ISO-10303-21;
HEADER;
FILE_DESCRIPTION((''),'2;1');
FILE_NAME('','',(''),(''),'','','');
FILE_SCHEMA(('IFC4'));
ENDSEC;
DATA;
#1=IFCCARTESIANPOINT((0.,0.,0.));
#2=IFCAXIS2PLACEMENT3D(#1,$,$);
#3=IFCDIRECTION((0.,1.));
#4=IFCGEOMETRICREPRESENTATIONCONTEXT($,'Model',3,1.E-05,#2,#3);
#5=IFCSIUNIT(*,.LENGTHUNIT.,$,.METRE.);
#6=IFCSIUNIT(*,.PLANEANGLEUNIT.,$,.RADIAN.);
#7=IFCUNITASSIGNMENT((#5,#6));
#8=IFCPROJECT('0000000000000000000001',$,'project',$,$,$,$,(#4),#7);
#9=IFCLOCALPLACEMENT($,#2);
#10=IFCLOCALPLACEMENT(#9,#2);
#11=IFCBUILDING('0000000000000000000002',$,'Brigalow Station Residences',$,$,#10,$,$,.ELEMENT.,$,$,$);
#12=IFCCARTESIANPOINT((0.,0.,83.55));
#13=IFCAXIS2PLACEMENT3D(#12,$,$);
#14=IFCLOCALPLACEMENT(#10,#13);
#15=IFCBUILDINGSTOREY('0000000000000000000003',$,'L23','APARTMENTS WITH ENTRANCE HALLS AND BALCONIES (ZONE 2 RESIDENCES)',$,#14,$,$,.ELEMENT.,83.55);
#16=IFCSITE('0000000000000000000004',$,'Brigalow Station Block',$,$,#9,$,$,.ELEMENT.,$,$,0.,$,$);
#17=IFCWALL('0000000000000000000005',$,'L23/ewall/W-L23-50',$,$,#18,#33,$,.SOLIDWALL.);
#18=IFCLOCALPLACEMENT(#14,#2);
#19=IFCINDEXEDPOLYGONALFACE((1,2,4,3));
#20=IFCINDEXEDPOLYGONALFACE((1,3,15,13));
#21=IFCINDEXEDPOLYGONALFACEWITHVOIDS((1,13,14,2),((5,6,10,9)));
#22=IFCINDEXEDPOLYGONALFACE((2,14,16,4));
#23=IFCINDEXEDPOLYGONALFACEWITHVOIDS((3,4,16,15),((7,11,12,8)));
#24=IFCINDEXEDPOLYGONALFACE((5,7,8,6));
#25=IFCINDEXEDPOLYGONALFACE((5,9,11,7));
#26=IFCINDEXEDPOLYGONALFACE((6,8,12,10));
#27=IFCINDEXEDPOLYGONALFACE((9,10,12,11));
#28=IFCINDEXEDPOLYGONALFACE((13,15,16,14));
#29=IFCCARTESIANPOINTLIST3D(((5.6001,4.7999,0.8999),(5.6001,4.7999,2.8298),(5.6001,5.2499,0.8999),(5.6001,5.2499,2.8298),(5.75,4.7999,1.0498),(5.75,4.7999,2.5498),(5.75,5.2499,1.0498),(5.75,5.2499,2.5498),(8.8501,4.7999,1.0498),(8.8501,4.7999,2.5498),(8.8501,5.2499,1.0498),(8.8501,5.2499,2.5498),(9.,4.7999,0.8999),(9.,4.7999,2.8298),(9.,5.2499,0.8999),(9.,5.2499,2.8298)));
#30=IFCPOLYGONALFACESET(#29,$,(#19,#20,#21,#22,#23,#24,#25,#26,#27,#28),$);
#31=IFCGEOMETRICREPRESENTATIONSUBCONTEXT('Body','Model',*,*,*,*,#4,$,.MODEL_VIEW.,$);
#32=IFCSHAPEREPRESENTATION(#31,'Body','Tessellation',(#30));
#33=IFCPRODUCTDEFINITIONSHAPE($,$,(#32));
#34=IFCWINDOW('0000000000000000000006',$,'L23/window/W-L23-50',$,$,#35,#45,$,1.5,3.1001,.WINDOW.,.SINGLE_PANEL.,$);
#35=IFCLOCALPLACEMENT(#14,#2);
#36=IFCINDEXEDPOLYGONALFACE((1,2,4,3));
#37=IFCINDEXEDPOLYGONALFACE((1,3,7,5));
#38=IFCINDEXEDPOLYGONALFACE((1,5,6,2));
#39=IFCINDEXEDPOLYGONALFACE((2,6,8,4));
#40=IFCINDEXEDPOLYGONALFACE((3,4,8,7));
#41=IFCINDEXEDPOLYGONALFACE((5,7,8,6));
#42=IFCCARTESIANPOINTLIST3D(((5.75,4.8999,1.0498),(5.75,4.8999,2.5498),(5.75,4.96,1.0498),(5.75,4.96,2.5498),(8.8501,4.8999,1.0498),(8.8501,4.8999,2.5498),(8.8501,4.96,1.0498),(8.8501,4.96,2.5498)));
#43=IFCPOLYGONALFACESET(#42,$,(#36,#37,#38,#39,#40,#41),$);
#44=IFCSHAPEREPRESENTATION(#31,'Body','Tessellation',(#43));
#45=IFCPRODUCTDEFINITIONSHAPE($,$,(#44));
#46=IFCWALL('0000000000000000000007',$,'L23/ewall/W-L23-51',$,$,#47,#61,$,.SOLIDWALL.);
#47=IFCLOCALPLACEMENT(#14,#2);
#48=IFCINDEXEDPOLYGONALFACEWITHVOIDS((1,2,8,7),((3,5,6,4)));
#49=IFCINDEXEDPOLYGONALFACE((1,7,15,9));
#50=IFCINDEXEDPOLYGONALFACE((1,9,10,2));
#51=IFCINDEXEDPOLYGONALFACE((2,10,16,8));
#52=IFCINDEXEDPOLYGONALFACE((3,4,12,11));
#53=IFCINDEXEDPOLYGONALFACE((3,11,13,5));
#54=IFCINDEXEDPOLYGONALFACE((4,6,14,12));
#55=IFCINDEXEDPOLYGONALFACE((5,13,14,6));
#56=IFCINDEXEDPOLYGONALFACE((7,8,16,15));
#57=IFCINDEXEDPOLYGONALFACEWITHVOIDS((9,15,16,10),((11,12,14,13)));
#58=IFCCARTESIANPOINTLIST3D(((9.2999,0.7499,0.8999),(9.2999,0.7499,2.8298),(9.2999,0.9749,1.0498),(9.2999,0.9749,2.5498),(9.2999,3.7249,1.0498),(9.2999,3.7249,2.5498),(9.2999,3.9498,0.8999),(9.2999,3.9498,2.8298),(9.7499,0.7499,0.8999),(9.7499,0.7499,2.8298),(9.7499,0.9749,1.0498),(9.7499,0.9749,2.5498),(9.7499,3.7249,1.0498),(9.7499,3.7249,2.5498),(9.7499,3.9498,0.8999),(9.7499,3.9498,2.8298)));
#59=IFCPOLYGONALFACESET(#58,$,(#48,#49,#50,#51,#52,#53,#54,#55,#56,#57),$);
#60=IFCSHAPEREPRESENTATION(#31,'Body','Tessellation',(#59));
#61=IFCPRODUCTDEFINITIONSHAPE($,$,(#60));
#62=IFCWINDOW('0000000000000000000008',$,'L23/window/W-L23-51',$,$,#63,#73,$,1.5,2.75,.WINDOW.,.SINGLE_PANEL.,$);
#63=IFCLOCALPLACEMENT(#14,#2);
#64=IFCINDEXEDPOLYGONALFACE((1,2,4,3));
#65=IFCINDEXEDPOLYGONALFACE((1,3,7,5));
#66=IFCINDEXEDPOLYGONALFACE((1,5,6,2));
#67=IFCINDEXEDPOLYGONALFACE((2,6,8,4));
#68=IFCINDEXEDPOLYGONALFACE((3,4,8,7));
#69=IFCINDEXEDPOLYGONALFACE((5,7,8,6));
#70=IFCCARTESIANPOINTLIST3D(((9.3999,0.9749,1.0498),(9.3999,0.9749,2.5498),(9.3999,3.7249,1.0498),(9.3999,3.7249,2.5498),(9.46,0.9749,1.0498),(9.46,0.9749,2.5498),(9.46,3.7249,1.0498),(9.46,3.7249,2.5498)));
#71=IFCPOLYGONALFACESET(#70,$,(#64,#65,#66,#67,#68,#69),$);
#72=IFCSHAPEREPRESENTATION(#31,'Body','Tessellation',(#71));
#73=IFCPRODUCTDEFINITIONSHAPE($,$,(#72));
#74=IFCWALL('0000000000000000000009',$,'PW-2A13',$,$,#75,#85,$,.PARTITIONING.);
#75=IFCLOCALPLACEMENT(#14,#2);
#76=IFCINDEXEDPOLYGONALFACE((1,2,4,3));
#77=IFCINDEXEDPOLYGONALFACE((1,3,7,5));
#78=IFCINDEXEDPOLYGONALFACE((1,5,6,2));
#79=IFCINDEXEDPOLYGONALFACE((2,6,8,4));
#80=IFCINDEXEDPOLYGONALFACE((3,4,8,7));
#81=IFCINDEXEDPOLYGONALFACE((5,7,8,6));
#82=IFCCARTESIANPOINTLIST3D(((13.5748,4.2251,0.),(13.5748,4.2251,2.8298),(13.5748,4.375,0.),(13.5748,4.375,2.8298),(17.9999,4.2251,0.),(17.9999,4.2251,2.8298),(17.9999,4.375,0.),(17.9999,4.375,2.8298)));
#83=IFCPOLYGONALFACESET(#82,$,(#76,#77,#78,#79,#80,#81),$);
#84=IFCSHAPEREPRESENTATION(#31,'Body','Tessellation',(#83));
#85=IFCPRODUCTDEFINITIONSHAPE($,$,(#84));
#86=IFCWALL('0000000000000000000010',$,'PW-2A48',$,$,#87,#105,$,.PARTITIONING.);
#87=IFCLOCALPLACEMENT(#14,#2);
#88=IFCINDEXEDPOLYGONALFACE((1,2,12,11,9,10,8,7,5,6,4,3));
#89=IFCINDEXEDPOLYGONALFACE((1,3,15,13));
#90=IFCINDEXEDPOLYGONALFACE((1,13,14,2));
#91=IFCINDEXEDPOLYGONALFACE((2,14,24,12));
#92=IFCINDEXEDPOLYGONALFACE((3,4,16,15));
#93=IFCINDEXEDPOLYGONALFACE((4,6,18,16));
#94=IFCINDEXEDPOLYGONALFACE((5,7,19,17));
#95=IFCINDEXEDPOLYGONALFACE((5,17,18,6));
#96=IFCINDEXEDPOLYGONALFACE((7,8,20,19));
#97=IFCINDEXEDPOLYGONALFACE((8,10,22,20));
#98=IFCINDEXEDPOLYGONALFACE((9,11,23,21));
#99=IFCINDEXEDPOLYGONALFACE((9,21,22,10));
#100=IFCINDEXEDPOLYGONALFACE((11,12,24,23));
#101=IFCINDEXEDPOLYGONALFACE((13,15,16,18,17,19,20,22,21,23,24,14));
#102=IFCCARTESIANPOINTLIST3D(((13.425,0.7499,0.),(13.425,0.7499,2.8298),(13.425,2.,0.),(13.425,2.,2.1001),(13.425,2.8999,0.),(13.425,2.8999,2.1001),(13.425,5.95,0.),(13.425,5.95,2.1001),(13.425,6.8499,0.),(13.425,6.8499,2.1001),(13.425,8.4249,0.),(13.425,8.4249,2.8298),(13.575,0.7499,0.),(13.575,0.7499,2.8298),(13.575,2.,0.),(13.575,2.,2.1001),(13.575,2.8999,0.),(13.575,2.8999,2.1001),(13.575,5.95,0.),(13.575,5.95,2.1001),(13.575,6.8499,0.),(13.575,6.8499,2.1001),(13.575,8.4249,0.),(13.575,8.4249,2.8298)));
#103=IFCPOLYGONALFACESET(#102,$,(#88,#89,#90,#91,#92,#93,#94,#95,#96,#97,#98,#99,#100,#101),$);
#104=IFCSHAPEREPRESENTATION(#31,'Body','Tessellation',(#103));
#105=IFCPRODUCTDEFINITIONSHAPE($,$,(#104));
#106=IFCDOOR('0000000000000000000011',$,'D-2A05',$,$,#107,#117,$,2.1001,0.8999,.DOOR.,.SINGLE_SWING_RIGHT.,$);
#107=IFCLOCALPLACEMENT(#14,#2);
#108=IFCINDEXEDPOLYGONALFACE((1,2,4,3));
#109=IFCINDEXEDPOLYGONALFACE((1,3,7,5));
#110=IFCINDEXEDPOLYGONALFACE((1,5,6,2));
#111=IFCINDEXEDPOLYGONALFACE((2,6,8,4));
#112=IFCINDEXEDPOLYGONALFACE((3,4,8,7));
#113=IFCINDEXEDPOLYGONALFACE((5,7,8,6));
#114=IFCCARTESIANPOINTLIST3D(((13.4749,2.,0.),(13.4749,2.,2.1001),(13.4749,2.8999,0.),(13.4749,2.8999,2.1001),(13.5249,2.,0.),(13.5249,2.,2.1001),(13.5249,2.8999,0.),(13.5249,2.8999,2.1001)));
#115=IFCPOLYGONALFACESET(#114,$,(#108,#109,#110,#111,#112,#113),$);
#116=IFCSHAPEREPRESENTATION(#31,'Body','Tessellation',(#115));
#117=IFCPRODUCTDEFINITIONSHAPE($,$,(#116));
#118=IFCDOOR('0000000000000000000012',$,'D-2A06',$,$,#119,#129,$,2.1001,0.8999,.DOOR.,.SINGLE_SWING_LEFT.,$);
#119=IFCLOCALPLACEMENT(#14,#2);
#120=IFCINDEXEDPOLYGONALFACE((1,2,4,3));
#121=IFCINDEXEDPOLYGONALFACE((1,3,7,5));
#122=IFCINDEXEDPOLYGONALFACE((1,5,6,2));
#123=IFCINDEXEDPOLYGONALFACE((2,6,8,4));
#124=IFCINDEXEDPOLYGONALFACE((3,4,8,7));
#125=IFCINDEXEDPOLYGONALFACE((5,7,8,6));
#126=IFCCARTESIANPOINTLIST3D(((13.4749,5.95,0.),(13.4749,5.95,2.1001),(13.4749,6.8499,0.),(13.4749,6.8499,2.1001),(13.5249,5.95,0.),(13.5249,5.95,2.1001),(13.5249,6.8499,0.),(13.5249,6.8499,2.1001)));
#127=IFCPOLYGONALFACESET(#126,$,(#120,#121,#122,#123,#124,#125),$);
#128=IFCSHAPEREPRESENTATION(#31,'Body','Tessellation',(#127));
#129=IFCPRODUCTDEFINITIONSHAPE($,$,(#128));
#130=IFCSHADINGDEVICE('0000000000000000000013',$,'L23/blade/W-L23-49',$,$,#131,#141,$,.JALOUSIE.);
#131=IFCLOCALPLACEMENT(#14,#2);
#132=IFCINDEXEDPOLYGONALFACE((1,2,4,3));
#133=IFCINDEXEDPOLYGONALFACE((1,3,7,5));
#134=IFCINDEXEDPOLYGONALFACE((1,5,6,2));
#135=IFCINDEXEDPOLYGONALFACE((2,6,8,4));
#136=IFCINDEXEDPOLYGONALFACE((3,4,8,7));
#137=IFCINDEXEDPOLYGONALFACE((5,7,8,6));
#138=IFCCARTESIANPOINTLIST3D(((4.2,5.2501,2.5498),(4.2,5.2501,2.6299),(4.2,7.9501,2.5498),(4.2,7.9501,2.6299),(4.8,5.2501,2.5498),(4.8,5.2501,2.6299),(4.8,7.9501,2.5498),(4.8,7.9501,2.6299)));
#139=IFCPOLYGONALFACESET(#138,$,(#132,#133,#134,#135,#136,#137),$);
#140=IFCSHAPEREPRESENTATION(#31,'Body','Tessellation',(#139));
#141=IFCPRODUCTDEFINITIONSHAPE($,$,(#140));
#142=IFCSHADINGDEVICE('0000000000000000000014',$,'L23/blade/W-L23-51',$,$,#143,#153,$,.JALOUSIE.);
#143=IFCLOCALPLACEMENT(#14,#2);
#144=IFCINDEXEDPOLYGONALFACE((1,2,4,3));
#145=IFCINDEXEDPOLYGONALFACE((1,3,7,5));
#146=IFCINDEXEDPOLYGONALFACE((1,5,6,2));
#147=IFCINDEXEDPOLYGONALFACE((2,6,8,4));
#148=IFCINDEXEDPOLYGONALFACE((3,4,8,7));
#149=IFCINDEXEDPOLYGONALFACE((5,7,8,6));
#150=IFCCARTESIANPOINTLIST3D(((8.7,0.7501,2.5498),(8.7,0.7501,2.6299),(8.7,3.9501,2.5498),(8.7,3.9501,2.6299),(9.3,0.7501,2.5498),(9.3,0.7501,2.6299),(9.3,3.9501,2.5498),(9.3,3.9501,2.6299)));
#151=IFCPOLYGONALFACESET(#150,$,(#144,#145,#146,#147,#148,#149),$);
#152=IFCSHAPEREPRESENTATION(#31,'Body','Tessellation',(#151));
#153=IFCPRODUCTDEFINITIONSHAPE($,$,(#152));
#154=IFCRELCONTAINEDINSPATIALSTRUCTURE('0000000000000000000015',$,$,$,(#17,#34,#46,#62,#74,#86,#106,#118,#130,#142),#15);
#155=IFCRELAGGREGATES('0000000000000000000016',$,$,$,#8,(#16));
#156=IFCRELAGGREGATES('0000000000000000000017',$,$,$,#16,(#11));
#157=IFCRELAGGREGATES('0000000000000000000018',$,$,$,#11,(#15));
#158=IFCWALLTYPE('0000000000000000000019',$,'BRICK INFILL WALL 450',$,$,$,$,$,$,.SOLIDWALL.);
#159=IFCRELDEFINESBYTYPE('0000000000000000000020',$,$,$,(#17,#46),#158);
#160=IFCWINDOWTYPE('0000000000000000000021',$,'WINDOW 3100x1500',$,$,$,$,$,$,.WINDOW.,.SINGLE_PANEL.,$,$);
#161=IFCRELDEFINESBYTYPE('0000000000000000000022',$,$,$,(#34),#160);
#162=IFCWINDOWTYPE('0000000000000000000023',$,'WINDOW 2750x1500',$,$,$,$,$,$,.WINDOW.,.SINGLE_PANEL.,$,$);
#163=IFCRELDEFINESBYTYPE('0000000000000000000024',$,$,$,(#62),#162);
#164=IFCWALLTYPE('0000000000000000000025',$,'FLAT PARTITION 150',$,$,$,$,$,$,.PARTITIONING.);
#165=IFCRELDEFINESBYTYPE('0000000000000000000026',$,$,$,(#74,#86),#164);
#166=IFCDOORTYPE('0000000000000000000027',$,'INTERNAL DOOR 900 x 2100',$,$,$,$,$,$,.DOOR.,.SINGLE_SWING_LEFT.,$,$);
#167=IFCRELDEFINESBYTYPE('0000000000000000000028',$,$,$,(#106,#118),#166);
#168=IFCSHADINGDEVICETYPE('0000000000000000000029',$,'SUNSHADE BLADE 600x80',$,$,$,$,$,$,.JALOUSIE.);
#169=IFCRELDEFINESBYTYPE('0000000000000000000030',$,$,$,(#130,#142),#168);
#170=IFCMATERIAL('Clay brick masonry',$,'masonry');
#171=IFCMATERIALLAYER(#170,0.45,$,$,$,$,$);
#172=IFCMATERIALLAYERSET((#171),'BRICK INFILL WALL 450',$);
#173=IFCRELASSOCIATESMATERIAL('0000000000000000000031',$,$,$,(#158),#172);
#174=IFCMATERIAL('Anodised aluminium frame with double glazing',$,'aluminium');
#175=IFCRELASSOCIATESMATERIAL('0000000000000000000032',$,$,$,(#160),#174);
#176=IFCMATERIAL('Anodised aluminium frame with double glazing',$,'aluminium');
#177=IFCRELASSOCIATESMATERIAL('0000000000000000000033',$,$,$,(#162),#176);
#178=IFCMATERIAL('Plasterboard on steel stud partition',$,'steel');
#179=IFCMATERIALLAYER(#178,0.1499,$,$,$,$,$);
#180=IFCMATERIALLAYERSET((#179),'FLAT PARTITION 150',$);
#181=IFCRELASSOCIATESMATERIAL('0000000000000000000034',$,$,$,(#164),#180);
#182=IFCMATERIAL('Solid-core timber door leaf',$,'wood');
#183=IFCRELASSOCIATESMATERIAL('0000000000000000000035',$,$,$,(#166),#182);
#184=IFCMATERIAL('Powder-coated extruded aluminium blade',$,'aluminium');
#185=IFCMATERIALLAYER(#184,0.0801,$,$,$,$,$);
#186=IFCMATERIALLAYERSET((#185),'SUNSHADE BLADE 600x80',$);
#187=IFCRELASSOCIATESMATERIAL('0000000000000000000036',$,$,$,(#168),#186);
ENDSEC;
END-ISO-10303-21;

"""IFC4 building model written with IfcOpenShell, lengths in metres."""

from ifc_helpers import new_model, si_unit, direction, frame, frame_2d, origin, origin_2d, place, context, subcontext, project, spatial, rectangle, extrude, material, layer, layer_set, type_object, element, fill, save


model = new_model("IFC4")

# Units and contexts
model_context = context("Model", 3, precision=1e-05, world=origin(), true_north=direction((0.0, 1.0)))
body_context = subcontext(model_context, "Body", "Model", "MODEL_VIEW")
ifc_project = project(units=[si_unit("LENGTHUNIT", "METRE"), si_unit("PLANEANGLEUNIT", "RADIAN")], contexts=[model_context])

# Site, building, storey
site_placement = place(None, origin())
site = spatial("IfcSite", under=ifc_project, at=site_placement, Name="Brigalow Station Block", CompositionType="ELEMENT", RefElevation=0.0)
building_placement = place(site_placement, origin())
building = spatial("IfcBuilding", under=site, at=building_placement, Name="Brigalow Station Residences", CompositionType="ELEMENT")
storey_placement = place(building_placement, frame((0.0, 0.0, 83.55)))
storey = spatial("IfcBuildingStorey", under=building, at=storey_placement, Name="L23", Description="APARTMENTS WITH ENTRANCE HALLS AND BALCONIES (ZONE 2 RESIDENCES)", CompositionType="ELEMENT", Elevation=83.55)

# Walls, openings, windows
ifc_material_1 = material(Name="Clay brick masonry", Category="masonry")
ifc_layer_1 = layer(ifc_material_1, 0.45)
ifc_layer_set_1 = layer_set([ifc_layer_1], Name="BRICK INFILL WALL 450")
wall_type_1 = type_object("IfcWallType", Name="BRICK INFILL WALL 450", PredefinedType="SOLIDWALL", material=ifc_layer_set_1)
wall_1_placement = place(storey_placement, frame((5.6001, 5.0249, 0.8999), z_axis=(0.0, 0.0, 1.0), x_axis=(1.0, 0.0, 0.0)))
wall_1 = element("IfcWall", 1, at=wall_1_placement, inside=storey, type_object=wall_type_1, Name="L23/ewall/W-L23-50", PredefinedType="SOLIDWALL", context=body_context, shape_type="SweptSolid", body=[
    extrude(rectangle(XDim=3.3999, YDim=0.45, at=frame_2d((1.7, 0.0))), origin(), (0.0, 0.0, 1.0), 1.9299),
])
opening_1_placement = place(wall_1_placement, frame((0.1499, 0.0, 0.1499)))
opening_1 = element("IfcOpeningElement", 2, at=opening_1_placement, cuts=wall_1, PredefinedType="OPENING", context=body_context, shape_type="SweptSolid", body=[
    extrude(rectangle(XDim=3.1001, YDim=1.5, at=frame_2d((1.55, 0.75))), frame((0.0, 0.2349, 0.0), z_axis=(0.0, -1.0, 0.0), x_axis=(1.0, 0.0, 0.0)), (0.0, 0.0, 1.0), 0.47),
])
ifc_material_2 = material(Name="Anodised aluminium frame with double glazing", Category="aluminium")
window_type_1 = type_object("IfcWindowType", Name="WINDOW 3100x1500", PartitioningType="SINGLE_PANEL", PredefinedType="WINDOW", material=ifc_material_2)
window_1_placement = place(opening_1_placement, origin())
window_1 = element("IfcWindow", 3, at=window_1_placement, inside=storey, type_object=window_type_1, Name="L23/window/W-L23-50", OverallHeight=1.5, OverallWidth=3.1001, PartitioningType="SINGLE_PANEL", PredefinedType="WINDOW", context=body_context, shape_type="SweptSolid", body=[
    extrude(rectangle(XDim=3.1001, YDim=1.5, at=frame_2d((1.55, 0.75))), frame((0.0, -0.0649, 0.0), z_axis=(0.0, -1.0, 0.0), x_axis=(1.0, 0.0, 0.0)), (0.0, 0.0, 1.0), 0.0601),
])
fill(opening_1, window_1)
wall_2_placement = place(storey_placement, frame((9.5249, 3.95, 0.8999), z_axis=(0.0, 0.0, 1.0), x_axis=(0.0, -1.0, 0.0)))
wall_2 = element("IfcWall", 4, at=wall_2_placement, inside=storey, type_object=wall_type_1, Name="L23/ewall/W-L23-51", PredefinedType="SOLIDWALL", context=body_context, shape_type="SweptSolid", body=[
    extrude(rectangle(XDim=3.2, YDim=0.45, at=frame_2d((1.6001, 0.0))), origin(), (0.0, 0.0, 1.0), 1.9299),
])
opening_2_placement = place(wall_2_placement, frame((0.2251, 0.0, 0.1499)))
opening_2 = element("IfcOpeningElement", 5, at=opening_2_placement, cuts=wall_2, PredefinedType="OPENING", context=body_context, shape_type="SweptSolid", body=[
    extrude(rectangle(XDim=2.75, YDim=1.5, at=frame_2d((1.375, 0.75))), frame((0.0, 0.2349, 0.0), z_axis=(0.0, -1.0, 0.0), x_axis=(1.0, 0.0, 0.0)), (0.0, 0.0, 1.0), 0.47),
])
ifc_material_3 = material(Name="Anodised aluminium frame with double glazing", Category="aluminium")
window_type_2 = type_object("IfcWindowType", Name="WINDOW 2750x1500", PartitioningType="SINGLE_PANEL", PredefinedType="WINDOW", material=ifc_material_3)
window_2_placement = place(opening_2_placement, origin())
window_2 = element("IfcWindow", 6, at=window_2_placement, inside=storey, type_object=window_type_2, Name="L23/window/W-L23-51", OverallHeight=1.5, OverallWidth=2.75, PartitioningType="SINGLE_PANEL", PredefinedType="WINDOW", context=body_context, shape_type="SweptSolid", body=[
    extrude(rectangle(XDim=2.75, YDim=1.5, at=frame_2d((1.375, 0.75))), frame((0.0, -0.0649, 0.0), z_axis=(0.0, -1.0, 0.0), x_axis=(1.0, 0.0, 0.0)), (0.0, 0.0, 1.0), 0.0601),
])
fill(opening_2, window_2)

# Wall
ifc_material_4 = material(Name="Plasterboard on steel stud partition", Category="steel")
ifc_layer_2 = layer(ifc_material_4, 0.1499)
ifc_layer_set_2 = layer_set([ifc_layer_2], Name="FLAT PARTITION 150")
wall_type_2 = type_object("IfcWallType", Name="FLAT PARTITION 150", PredefinedType="PARTITIONING", material=ifc_layer_set_2)
wall_3_placement = place(storey_placement, frame((13.575, 4.3, 0.0), z_axis=(0.0, 0.0, 1.0), x_axis=(1.0, 0.0, 0.0)))
element("IfcWall", 7, at=wall_3_placement, inside=storey, type_object=wall_type_2, Name="PW-2A13", PredefinedType="PARTITIONING", context=body_context, shape_type="SweptSolid", body=[
    extrude(rectangle(XDim=4.425, YDim=0.1499, at=frame_2d((2.2124, 0.0))), origin(), (0.0, 0.0, 1.0), 2.8298),
])

# Wall, openings, doors
wall_4_placement = place(storey_placement, frame((13.5, 0.75, 0.0), z_axis=(0.0, 0.0, 1.0), x_axis=(0.0, 1.0, 0.0)))
wall_4 = element("IfcWall", 8, at=wall_4_placement, inside=storey, type_object=wall_type_2, Name="PW-2A48", PredefinedType="PARTITIONING", context=body_context, shape_type="SweptSolid", body=[
    extrude(rectangle(XDim=7.675, YDim=0.1499, at=frame_2d((3.8374, 0.0))), origin(), (0.0, 0.0, 1.0), 2.8298),
])
opening_3_placement = place(wall_4_placement, frame((1.25, 0.0, 0.0)))
opening_3 = element("IfcOpeningElement", 9, at=opening_3_placement, cuts=wall_4, PredefinedType="OPENING", context=body_context, shape_type="SweptSolid", body=[
    extrude(rectangle(XDim=0.8999, YDim=2.1001, at=frame_2d((0.45, 1.05))), frame((0.0, 0.085, 0.0), z_axis=(0.0, -1.0, 0.0), x_axis=(1.0, 0.0, 0.0)), (0.0, 0.0, 1.0), 0.1699),
])
opening_4_placement = place(wall_4_placement, frame((5.2, 0.0, 0.0)))
opening_4 = element("IfcOpeningElement", 10, at=opening_4_placement, cuts=wall_4, PredefinedType="OPENING", context=body_context, shape_type="SweptSolid", body=[
    extrude(rectangle(XDim=0.8999, YDim=2.1001, at=frame_2d((0.45, 1.05))), frame((0.0, 0.085, 0.0), z_axis=(0.0, -1.0, 0.0), x_axis=(1.0, 0.0, 0.0)), (0.0, 0.0, 1.0), 0.1699),
])
ifc_material_5 = material(Name="Solid-core timber door leaf", Category="wood")
door_type = type_object("IfcDoorType", Name="INTERNAL DOOR 900 x 2100", OperationType="SINGLE_SWING_LEFT", PredefinedType="DOOR", material=ifc_material_5)
door_1_placement = place(opening_3_placement, frame((0.8999, 0.0, 0.0), z_axis=(0.0, 0.0, 1.0), x_axis=(-1.0, 0.0, 0.0)))
door_1 = element("IfcDoor", 11, at=door_1_placement, inside=storey, type_object=door_type, Name="D-2A05", OperationType="SINGLE_SWING_RIGHT", OverallHeight=2.1001, OverallWidth=0.8999, PredefinedType="DOOR", context=body_context, shape_type="SweptSolid", body=[
    extrude(rectangle(XDim=0.8999, YDim=2.1001, at=frame_2d((0.45, 1.05))), frame((0.0, 0.0249, 0.0), z_axis=(0.0, -1.0, 0.0), x_axis=(1.0, 0.0, 0.0)), (0.0, 0.0, 1.0), 0.05),
])
fill(opening_3, door_1)
door_2_placement = place(opening_4_placement, frame((0.8999, 0.0, 0.0), z_axis=(0.0, 0.0, 1.0), x_axis=(-1.0, 0.0, 0.0)))
door_2 = element("IfcDoor", 12, at=door_2_placement, inside=storey, type_object=door_type, Name="D-2A06", OperationType="SINGLE_SWING_LEFT", OverallHeight=2.1001, OverallWidth=0.8999, PredefinedType="DOOR", context=body_context, shape_type="SweptSolid", body=[
    extrude(rectangle(XDim=0.8999, YDim=2.1001, at=frame_2d((0.45, 1.05))), frame((0.0, 0.0249, 0.0), z_axis=(0.0, -1.0, 0.0), x_axis=(1.0, 0.0, 0.0)), (0.0, 0.0, 1.0), 0.05),
])
fill(opening_4, door_2)

# Shading devices
ifc_material_6 = material(Name="Powder-coated extruded aluminium blade", Category="aluminium")
ifc_layer_3 = layer(ifc_material_6, 0.0801)
ifc_layer_set_3 = layer_set([ifc_layer_3], Name="SUNSHADE BLADE 600x80")
shading_device_type = type_object("IfcShadingDeviceType", Name="SUNSHADE BLADE 600x80", PredefinedType="JALOUSIE", material=ifc_layer_set_3)
shading_device_1_placement = place(storey_placement, frame((4.5, 6.6001, 2.5498), z_axis=(0.0, 0.0, 1.0), x_axis=(0.0, -1.0, 0.0)))
element("IfcShadingDevice", 13, at=shading_device_1_placement, inside=storey, type_object=shading_device_type, Name="L23/blade/W-L23-49", PredefinedType="JALOUSIE", context=body_context, shape_type="SweptSolid", body=[
    extrude(rectangle(XDim=2.7, YDim=0.6001, at=origin_2d()), origin(), (0.0, 0.0, 1.0), 0.0801),
])
shading_device_2_placement = place(storey_placement, frame((9.0, 2.3501, 2.5498), z_axis=(0.0, 0.0, 1.0), x_axis=(0.0, -1.0, 0.0)))
element("IfcShadingDevice", 14, at=shading_device_2_placement, inside=storey, type_object=shading_device_type, Name="L23/blade/W-L23-51", PredefinedType="JALOUSIE", context=body_context, shape_type="SweptSolid", body=[
    extrude(rectangle(XDim=3.2, YDim=0.6001, at=origin_2d()), origin(), (0.0, 0.0, 1.0), 0.0801),
])

save(model, "model.ifc")
